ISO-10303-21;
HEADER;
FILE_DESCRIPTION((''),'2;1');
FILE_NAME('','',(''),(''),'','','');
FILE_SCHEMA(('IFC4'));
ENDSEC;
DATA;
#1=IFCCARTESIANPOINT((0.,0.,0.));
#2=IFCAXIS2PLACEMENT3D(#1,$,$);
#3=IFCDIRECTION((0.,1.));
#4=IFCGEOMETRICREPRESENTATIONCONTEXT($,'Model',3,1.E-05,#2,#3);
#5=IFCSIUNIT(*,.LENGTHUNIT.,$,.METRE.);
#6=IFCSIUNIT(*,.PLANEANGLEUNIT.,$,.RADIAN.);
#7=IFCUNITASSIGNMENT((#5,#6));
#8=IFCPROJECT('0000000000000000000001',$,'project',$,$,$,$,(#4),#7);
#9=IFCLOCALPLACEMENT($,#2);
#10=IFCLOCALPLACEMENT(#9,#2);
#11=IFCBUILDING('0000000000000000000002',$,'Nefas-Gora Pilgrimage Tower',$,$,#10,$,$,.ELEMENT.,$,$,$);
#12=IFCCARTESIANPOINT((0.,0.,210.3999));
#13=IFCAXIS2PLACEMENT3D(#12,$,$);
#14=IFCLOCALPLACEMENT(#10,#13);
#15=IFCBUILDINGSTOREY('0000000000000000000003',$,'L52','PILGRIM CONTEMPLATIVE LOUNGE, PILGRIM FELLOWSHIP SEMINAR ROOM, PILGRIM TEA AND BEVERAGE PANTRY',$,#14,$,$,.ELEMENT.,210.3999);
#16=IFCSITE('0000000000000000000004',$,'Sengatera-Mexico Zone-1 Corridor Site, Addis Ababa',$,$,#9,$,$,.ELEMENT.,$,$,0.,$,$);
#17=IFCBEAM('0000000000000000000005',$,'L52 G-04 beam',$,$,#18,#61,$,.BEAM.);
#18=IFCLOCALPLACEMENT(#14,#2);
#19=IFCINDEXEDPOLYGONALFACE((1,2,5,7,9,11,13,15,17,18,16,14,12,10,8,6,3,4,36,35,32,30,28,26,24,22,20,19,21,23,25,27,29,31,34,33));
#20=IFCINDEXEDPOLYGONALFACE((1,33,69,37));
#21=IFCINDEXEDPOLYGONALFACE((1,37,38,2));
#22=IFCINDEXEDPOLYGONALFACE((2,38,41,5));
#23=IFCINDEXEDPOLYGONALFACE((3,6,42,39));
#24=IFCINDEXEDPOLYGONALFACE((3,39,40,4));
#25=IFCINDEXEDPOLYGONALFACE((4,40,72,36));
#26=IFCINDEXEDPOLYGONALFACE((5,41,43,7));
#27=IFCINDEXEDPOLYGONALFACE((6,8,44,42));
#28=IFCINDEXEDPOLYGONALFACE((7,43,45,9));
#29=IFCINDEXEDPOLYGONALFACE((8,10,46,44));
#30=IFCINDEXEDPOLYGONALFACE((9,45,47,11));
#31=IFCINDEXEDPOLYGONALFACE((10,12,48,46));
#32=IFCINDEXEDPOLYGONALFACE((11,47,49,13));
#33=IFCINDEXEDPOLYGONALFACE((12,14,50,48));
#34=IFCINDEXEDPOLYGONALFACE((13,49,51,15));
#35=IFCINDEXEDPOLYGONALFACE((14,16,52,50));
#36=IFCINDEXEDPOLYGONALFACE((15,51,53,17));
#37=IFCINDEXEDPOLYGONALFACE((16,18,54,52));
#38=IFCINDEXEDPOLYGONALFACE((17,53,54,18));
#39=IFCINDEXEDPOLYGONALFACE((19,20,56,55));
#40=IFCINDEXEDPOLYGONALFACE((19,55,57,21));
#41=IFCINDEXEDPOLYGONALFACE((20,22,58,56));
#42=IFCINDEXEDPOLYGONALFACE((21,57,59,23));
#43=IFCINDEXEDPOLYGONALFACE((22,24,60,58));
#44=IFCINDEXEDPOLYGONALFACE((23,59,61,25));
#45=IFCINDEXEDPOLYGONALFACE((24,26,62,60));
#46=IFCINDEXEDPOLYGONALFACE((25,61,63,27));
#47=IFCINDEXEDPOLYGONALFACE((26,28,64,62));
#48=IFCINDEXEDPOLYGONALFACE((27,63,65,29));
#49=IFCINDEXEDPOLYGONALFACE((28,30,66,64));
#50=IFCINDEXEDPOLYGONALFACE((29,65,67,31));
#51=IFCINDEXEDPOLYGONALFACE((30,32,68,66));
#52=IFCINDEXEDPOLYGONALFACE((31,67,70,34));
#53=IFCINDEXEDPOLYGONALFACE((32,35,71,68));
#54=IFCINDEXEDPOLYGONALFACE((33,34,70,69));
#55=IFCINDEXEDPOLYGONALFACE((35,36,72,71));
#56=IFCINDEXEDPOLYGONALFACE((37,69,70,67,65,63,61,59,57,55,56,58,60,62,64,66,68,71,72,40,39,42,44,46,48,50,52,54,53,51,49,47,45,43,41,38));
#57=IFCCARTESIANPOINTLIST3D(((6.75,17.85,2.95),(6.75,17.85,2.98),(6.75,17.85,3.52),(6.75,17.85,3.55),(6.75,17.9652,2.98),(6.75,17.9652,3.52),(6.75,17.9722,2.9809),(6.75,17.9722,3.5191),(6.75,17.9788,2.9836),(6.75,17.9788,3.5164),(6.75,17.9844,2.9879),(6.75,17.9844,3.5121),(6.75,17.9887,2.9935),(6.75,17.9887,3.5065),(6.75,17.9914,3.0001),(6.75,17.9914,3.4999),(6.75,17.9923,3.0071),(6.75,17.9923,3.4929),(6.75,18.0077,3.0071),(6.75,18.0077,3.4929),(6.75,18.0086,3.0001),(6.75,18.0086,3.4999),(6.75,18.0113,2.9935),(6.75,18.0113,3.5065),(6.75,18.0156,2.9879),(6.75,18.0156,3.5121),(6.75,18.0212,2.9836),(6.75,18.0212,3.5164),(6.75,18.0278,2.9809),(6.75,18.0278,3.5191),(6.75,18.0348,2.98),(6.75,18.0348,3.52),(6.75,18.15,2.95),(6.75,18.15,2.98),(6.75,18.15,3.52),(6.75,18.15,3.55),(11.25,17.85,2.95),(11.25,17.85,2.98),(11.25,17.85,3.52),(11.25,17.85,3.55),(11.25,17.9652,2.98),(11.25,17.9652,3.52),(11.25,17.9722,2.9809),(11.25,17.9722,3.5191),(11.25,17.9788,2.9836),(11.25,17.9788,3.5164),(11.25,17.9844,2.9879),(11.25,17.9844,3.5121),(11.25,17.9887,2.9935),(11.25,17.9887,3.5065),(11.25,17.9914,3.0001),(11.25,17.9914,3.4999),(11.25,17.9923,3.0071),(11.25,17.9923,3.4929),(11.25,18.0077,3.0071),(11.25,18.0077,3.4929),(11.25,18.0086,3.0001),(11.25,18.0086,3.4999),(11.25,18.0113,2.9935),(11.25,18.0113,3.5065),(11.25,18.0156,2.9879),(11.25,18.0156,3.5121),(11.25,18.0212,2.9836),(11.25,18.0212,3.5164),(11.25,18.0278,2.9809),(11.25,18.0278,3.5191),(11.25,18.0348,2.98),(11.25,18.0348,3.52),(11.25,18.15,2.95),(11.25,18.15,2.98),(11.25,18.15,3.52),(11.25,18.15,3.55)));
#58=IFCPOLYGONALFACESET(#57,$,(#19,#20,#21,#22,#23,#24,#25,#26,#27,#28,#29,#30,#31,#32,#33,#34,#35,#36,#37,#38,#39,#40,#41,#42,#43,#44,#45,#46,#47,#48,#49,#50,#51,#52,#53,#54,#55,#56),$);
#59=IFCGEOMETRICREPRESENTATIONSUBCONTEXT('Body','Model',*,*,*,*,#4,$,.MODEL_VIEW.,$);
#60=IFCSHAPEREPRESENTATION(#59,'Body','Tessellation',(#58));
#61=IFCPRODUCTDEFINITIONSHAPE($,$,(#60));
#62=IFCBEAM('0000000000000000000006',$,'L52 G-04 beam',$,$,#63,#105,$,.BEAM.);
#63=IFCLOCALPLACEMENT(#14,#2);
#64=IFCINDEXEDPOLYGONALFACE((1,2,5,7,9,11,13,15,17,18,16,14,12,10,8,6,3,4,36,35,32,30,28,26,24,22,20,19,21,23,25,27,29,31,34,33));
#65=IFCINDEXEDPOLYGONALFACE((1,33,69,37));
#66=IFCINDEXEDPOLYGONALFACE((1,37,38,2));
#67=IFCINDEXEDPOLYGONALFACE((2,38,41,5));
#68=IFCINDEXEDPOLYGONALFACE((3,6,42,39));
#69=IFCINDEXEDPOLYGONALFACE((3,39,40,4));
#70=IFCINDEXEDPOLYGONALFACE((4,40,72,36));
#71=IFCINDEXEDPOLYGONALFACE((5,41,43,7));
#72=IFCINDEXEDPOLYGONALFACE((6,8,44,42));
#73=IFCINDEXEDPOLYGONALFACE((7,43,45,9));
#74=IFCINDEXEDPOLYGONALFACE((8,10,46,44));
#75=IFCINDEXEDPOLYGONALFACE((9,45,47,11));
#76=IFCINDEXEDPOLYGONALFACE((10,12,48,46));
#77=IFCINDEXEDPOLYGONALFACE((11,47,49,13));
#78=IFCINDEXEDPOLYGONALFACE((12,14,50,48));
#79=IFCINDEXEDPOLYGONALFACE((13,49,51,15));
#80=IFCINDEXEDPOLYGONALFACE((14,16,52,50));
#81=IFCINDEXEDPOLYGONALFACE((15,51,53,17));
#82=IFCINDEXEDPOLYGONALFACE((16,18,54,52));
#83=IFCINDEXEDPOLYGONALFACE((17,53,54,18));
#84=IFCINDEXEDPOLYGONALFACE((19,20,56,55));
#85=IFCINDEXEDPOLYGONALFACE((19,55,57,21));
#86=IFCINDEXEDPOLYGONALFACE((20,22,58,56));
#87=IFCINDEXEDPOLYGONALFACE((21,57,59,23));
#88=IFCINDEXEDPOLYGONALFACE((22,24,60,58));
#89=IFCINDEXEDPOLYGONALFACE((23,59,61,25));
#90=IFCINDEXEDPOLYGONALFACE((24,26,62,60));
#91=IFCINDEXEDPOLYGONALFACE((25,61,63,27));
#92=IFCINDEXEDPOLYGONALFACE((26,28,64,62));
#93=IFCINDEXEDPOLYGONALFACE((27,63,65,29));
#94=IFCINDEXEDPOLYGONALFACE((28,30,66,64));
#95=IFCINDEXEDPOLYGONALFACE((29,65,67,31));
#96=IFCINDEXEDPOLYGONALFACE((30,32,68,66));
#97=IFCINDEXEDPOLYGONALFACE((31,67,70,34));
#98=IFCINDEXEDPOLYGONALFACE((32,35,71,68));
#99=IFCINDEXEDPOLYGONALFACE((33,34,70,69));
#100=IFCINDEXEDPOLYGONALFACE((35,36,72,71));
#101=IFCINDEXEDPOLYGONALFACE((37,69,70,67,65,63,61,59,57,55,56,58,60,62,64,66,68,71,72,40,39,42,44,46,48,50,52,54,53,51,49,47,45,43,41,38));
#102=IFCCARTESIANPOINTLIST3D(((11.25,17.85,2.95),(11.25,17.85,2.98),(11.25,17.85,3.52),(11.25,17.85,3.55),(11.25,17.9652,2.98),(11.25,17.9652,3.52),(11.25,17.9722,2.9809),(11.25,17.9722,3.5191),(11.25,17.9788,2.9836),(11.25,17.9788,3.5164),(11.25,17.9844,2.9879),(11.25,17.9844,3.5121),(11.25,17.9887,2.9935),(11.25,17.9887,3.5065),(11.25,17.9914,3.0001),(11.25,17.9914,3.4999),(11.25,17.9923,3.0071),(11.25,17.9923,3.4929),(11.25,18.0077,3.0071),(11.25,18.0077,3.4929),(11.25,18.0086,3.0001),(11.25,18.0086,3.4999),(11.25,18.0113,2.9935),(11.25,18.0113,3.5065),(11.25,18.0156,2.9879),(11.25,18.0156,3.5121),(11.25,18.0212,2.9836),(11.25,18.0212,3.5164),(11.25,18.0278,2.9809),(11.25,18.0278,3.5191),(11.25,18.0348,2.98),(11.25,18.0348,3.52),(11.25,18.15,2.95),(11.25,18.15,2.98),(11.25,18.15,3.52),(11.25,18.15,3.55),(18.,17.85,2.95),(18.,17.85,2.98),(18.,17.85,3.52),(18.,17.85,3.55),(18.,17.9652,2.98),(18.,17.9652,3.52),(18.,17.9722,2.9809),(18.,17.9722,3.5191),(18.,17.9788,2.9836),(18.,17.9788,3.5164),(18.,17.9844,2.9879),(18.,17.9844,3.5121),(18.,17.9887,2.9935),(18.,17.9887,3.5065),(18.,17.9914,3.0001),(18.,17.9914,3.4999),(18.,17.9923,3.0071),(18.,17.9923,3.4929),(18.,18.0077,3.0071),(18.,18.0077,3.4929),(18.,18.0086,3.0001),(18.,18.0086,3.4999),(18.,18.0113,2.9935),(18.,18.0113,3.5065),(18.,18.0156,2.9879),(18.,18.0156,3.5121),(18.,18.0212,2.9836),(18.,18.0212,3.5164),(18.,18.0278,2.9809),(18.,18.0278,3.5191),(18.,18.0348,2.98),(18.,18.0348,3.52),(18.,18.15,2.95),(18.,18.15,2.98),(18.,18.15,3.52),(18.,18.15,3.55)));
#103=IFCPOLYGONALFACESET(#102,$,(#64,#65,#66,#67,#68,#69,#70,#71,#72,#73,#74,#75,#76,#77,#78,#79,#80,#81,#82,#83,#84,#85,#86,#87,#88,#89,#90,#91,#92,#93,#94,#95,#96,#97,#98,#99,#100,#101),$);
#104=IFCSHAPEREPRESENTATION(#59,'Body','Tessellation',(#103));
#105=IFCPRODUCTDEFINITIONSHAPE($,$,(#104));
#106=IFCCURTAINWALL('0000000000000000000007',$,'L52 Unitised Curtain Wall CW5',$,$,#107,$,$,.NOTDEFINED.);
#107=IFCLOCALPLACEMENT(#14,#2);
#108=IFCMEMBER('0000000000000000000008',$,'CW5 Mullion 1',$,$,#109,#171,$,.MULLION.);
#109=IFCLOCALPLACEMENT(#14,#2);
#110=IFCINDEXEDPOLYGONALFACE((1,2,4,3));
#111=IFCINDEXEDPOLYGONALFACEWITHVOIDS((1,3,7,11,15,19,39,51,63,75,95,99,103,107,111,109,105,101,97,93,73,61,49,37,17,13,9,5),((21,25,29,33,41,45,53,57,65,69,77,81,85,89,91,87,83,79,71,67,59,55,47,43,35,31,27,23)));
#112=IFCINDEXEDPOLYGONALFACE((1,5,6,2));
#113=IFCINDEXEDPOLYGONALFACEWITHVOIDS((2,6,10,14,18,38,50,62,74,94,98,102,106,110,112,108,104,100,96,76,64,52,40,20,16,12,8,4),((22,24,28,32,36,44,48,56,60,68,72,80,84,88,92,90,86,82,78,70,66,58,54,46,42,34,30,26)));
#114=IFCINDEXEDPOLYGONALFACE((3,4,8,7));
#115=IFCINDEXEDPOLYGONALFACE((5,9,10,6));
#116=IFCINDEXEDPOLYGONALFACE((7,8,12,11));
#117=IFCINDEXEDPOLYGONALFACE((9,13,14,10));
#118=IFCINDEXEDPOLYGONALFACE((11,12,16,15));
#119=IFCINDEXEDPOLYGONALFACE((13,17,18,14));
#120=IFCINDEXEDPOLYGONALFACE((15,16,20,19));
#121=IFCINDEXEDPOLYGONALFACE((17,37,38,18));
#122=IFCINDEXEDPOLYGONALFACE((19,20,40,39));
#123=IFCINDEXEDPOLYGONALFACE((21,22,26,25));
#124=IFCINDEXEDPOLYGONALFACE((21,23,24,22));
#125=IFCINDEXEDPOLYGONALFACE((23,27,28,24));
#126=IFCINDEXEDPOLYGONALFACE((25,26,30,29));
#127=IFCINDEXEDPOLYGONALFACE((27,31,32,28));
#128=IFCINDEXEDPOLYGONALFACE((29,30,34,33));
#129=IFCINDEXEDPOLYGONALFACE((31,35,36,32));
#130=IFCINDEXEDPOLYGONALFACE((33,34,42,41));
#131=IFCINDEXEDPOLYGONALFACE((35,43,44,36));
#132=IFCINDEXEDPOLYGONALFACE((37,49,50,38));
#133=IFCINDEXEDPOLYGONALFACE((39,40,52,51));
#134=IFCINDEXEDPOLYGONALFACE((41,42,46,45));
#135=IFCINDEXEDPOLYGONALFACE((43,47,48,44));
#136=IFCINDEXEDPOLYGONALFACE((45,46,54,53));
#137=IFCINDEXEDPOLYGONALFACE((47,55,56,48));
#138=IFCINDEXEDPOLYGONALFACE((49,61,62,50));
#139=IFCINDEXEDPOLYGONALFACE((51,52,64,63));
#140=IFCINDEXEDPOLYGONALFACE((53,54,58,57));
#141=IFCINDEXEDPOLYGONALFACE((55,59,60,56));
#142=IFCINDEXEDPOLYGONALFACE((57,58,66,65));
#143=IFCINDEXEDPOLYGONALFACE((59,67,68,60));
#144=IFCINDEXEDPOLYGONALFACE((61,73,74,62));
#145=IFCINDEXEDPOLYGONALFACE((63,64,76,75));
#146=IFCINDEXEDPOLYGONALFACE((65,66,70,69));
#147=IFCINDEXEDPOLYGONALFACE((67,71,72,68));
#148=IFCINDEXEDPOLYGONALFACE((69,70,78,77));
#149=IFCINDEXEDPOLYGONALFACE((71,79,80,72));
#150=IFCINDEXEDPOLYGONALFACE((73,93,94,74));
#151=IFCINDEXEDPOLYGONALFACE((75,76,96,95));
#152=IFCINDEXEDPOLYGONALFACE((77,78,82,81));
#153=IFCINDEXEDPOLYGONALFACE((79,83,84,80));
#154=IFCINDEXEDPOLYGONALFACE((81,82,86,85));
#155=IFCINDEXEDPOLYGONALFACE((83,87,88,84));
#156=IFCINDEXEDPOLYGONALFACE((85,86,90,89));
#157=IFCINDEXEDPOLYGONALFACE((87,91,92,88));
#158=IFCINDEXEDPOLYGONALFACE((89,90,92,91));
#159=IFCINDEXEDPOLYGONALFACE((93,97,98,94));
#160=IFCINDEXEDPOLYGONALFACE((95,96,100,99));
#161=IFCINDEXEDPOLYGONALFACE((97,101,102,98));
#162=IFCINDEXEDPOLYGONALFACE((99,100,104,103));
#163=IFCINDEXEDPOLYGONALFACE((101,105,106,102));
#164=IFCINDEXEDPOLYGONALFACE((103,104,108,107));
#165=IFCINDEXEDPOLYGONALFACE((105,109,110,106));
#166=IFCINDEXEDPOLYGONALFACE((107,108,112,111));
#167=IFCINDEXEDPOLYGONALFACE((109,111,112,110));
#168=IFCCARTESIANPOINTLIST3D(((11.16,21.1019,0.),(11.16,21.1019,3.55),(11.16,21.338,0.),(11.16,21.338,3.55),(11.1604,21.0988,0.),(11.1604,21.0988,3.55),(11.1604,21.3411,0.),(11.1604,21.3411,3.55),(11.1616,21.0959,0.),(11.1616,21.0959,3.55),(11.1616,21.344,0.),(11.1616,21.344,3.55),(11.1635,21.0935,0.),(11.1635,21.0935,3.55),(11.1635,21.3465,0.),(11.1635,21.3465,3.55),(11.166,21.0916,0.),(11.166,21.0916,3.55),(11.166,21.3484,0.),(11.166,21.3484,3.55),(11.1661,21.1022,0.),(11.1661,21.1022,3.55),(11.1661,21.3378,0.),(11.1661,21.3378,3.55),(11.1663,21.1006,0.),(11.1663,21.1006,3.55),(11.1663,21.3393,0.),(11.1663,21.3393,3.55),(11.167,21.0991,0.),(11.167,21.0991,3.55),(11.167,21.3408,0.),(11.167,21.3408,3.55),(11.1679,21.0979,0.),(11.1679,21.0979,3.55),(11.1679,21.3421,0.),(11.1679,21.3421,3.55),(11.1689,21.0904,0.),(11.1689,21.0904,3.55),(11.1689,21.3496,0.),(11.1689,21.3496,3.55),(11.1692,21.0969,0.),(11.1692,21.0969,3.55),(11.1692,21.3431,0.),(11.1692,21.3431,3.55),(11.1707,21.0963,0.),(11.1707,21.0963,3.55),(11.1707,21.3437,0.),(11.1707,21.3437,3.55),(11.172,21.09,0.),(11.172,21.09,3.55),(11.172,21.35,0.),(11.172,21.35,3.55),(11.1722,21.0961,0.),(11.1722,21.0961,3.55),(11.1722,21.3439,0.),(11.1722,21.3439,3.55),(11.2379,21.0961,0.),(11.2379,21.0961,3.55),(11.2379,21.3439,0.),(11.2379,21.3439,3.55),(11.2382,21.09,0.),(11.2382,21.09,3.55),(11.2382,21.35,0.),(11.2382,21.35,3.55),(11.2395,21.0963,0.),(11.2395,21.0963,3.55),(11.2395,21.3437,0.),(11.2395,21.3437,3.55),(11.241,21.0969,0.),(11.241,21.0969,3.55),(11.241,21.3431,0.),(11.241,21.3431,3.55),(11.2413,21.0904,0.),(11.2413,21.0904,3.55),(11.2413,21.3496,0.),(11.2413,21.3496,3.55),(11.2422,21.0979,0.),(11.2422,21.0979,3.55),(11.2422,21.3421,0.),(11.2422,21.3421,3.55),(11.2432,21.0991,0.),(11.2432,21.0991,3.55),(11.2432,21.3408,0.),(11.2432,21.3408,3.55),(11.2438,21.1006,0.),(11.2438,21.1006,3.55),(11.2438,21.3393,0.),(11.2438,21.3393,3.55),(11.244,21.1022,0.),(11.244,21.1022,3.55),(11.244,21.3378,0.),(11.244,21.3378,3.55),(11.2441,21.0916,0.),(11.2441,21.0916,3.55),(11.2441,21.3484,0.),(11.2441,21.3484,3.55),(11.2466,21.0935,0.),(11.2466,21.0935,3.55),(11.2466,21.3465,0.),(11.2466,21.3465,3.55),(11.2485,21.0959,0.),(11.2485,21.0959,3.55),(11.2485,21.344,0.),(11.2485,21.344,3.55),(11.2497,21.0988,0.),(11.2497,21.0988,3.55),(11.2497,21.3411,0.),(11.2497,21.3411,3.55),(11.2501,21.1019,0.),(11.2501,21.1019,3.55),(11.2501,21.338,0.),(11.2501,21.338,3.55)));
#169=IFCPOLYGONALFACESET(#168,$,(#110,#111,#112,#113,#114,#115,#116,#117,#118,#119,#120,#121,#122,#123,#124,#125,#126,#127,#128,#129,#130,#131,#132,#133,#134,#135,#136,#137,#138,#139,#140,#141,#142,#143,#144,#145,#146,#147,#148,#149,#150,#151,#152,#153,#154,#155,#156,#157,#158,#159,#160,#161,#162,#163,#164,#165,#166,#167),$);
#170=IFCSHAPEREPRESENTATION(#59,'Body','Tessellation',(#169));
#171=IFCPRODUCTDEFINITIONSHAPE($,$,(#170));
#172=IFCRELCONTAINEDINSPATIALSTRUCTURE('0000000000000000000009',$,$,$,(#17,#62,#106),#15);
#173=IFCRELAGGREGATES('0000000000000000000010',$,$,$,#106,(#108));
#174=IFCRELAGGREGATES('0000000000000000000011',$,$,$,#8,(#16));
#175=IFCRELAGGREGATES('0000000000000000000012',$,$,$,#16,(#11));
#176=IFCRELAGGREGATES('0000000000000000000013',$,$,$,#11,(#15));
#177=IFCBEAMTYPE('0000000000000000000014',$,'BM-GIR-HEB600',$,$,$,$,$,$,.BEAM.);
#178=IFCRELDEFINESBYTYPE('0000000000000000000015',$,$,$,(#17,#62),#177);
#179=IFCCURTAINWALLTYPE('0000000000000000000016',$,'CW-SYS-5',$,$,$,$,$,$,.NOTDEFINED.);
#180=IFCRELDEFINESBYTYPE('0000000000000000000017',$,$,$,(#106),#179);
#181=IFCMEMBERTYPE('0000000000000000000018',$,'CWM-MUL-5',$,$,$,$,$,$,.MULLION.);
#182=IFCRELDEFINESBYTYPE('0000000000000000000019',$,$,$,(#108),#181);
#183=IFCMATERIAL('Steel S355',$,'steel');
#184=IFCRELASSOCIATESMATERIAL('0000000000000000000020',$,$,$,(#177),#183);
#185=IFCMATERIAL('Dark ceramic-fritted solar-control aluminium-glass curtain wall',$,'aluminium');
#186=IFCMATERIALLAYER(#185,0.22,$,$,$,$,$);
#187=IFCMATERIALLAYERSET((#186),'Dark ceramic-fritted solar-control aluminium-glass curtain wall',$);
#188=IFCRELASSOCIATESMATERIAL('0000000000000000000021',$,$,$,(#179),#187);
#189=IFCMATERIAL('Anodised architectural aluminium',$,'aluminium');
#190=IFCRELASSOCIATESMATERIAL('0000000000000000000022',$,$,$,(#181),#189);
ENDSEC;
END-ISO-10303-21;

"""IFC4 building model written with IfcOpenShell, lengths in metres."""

from ifc_helpers import new_model, si_unit, direction, frame, origin, origin_2d, place, context, subcontext, project, spatial, hollow_rectangle, i_section, extrude, source, transform, mapped, material, layer, layer_set, material_profile, profile_set, type_object, element, aggregate, save


model = new_model("IFC4")

# Units and contexts
model_context = context("Model", 3, precision=1e-05, world=origin(), true_north=direction((0.0, 1.0)))
body_context = subcontext(model_context, "Body", "Model", "MODEL_VIEW")
ifc_project = project(units=[si_unit("LENGTHUNIT", "METRE"), si_unit("PLANEANGLEUNIT", "RADIAN")], contexts=[model_context])

# Site, building, storey
site_placement = place(None, origin())
site = spatial("IfcSite", under=ifc_project, at=site_placement, Name="Sengatera-Mexico Zone-1 Corridor Site, Addis Ababa", CompositionType="ELEMENT", RefElevation=0.0)
building_placement = place(site_placement, origin())
building = spatial("IfcBuilding", under=site, at=building_placement, Name="Nefas-Gora Pilgrimage Tower", CompositionType="ELEMENT")
storey_placement = place(building_placement, frame((0.0, 0.0, 210.3999)))
storey = spatial("IfcBuildingStorey", under=building, at=storey_placement, Name="L52", Description="PILGRIM CONTEMPLATIVE LOUNGE, PILGRIM FELLOWSHIP SEMINAR ROOM, PILGRIM TEA AND BEVERAGE PANTRY", CompositionType="ELEMENT", Elevation=210.3999)

# Beams
ifc_material_1 = material(Name="Steel S355", Category="steel")
ifc_material_profile_1 = material_profile(ifc_material_1, i_section(OverallWidth=0.3, OverallDepth=0.6001, WebThickness=0.0154, FlangeThickness=0.03, FilletRadius=0.0271, at=origin_2d()), Name="HEB 600")
ifc_profile_set_1 = profile_set([ifc_material_profile_1], Name="Steel S355")
beam_type = type_object("IfcBeamType", Name="BM-GIR-HEB600", PredefinedType="BEAM", material=ifc_profile_set_1)
shared_shape_1 = source(origin(), body_context, "Body", "SweptSolid", [
    extrude(i_section(OverallWidth=0.3, OverallDepth=0.6001, WebThickness=0.0154, FlangeThickness=0.03, FilletRadius=0.0271, at=origin_2d()), origin(), (0.0, 0.0, 1.0), 4.5),
])
for number, where, z_axis, x_axis, name in (
    (1, (6.75, 18.0, 3.25), (1.0, 0.0, 0.0), (0.0, 1.0, 0.0), "L52 G-04 beam"),
):
    element("IfcBeam", number, at=place(storey_placement, frame(where, z_axis=z_axis, x_axis=x_axis)), inside=storey, type_object=beam_type, Name=name, PredefinedType="BEAM", context=body_context, shape_type="MappedRepresentation", body=[
        mapped(shared_shape_1, transform((0.0, 0.0, 0.0), x_axis=(1.0, 0.0, 0.0), y_axis=(0.0, 1.0, 0.0), z_axis=(0.0, 0.0, 1.0), scale=1.0)),
    ])
shared_shape_2 = source(origin(), body_context, "Body", "SweptSolid", [
    extrude(i_section(OverallWidth=0.3, OverallDepth=0.6001, WebThickness=0.0154, FlangeThickness=0.03, FilletRadius=0.0271, at=origin_2d()), origin(), (0.0, 0.0, 1.0), 6.75),
])
beam_placement = place(storey_placement, frame((11.25, 18.0, 3.25), z_axis=(1.0, 0.0, 0.0), x_axis=(0.0, 1.0, 0.0)))
element("IfcBeam", 2, at=beam_placement, inside=storey, type_object=beam_type, Name="L52 G-04 beam", PredefinedType="BEAM", context=body_context, shape_type="MappedRepresentation", body=[
    mapped(shared_shape_2, transform((0.0, 0.0, 0.0), x_axis=(1.0, 0.0, 0.0), y_axis=(0.0, 1.0, 0.0), z_axis=(0.0, 0.0, 1.0), scale=1.0)),
])

# Curtain wall, member
ifc_material_2 = material(Name="Dark ceramic-fritted solar-control aluminium-glass curtain wall", Category="aluminium")
ifc_layer_1 = layer(ifc_material_2, 0.22)
ifc_layer_set_1 = layer_set([ifc_layer_1], Name="Dark ceramic-fritted solar-control aluminium-glass curtain wall")
curtain_wall_type_1 = type_object("IfcCurtainWallType", Name="CW-SYS-5", PredefinedType="NOTDEFINED", material=ifc_layer_set_1)
curtain_wall_1_placement = place(storey_placement, origin())
curtain_wall_1 = element("IfcCurtainWall", 3, at=curtain_wall_1_placement, inside=storey, type_object=curtain_wall_type_1, Name="L52 Unitised Curtain Wall CW5", PredefinedType="NOTDEFINED")
ifc_material_3 = material(Name="Anodised architectural aluminium", Category="aluminium")
ifc_material_profile_2 = material_profile(ifc_material_3, hollow_rectangle(XDim=0.0901, YDim=0.26, WallThickness=0.0061, InnerFilletRadius=0.0061, OuterFilletRadius=0.012, at=origin_2d()), Name="ALU MULLION 90x260")
ifc_profile_set_2 = profile_set([ifc_material_profile_2], Name="Anodised architectural aluminium")
member_type_1 = type_object("IfcMemberType", Name="CWM-MUL-5", PredefinedType="MULLION", material=ifc_profile_set_2)
shared_shape_3 = source(origin(), body_context, "Body", "SweptSolid", [
    extrude(hollow_rectangle(XDim=0.0901, YDim=0.26, WallThickness=0.0061, InnerFilletRadius=0.0061, OuterFilletRadius=0.012, at=origin_2d()), origin(), (0.0, 0.0, 1.0), 3.55),
])
member_1_placement = place(storey_placement, frame((11.2051, 21.22, 0.0), z_axis=(0.0, 0.0, 1.0), x_axis=(-1.0, 0.0, 0.0)))
member_1 = element("IfcMember", 4, at=member_1_placement, type_object=member_type_1, Name="CW5 Mullion 1", PredefinedType="MULLION", context=body_context, shape_type="MappedRepresentation", body=[
    mapped(shared_shape_3, transform((0.0, 0.0, 0.0), x_axis=(1.0, 0.0, 0.0), y_axis=(0.0, 1.0, 0.0), z_axis=(0.0, 0.0, 1.0), scale=1.0)),
])

aggregate(curtain_wall_1, [member_1])

save(model, "model.ifc")
